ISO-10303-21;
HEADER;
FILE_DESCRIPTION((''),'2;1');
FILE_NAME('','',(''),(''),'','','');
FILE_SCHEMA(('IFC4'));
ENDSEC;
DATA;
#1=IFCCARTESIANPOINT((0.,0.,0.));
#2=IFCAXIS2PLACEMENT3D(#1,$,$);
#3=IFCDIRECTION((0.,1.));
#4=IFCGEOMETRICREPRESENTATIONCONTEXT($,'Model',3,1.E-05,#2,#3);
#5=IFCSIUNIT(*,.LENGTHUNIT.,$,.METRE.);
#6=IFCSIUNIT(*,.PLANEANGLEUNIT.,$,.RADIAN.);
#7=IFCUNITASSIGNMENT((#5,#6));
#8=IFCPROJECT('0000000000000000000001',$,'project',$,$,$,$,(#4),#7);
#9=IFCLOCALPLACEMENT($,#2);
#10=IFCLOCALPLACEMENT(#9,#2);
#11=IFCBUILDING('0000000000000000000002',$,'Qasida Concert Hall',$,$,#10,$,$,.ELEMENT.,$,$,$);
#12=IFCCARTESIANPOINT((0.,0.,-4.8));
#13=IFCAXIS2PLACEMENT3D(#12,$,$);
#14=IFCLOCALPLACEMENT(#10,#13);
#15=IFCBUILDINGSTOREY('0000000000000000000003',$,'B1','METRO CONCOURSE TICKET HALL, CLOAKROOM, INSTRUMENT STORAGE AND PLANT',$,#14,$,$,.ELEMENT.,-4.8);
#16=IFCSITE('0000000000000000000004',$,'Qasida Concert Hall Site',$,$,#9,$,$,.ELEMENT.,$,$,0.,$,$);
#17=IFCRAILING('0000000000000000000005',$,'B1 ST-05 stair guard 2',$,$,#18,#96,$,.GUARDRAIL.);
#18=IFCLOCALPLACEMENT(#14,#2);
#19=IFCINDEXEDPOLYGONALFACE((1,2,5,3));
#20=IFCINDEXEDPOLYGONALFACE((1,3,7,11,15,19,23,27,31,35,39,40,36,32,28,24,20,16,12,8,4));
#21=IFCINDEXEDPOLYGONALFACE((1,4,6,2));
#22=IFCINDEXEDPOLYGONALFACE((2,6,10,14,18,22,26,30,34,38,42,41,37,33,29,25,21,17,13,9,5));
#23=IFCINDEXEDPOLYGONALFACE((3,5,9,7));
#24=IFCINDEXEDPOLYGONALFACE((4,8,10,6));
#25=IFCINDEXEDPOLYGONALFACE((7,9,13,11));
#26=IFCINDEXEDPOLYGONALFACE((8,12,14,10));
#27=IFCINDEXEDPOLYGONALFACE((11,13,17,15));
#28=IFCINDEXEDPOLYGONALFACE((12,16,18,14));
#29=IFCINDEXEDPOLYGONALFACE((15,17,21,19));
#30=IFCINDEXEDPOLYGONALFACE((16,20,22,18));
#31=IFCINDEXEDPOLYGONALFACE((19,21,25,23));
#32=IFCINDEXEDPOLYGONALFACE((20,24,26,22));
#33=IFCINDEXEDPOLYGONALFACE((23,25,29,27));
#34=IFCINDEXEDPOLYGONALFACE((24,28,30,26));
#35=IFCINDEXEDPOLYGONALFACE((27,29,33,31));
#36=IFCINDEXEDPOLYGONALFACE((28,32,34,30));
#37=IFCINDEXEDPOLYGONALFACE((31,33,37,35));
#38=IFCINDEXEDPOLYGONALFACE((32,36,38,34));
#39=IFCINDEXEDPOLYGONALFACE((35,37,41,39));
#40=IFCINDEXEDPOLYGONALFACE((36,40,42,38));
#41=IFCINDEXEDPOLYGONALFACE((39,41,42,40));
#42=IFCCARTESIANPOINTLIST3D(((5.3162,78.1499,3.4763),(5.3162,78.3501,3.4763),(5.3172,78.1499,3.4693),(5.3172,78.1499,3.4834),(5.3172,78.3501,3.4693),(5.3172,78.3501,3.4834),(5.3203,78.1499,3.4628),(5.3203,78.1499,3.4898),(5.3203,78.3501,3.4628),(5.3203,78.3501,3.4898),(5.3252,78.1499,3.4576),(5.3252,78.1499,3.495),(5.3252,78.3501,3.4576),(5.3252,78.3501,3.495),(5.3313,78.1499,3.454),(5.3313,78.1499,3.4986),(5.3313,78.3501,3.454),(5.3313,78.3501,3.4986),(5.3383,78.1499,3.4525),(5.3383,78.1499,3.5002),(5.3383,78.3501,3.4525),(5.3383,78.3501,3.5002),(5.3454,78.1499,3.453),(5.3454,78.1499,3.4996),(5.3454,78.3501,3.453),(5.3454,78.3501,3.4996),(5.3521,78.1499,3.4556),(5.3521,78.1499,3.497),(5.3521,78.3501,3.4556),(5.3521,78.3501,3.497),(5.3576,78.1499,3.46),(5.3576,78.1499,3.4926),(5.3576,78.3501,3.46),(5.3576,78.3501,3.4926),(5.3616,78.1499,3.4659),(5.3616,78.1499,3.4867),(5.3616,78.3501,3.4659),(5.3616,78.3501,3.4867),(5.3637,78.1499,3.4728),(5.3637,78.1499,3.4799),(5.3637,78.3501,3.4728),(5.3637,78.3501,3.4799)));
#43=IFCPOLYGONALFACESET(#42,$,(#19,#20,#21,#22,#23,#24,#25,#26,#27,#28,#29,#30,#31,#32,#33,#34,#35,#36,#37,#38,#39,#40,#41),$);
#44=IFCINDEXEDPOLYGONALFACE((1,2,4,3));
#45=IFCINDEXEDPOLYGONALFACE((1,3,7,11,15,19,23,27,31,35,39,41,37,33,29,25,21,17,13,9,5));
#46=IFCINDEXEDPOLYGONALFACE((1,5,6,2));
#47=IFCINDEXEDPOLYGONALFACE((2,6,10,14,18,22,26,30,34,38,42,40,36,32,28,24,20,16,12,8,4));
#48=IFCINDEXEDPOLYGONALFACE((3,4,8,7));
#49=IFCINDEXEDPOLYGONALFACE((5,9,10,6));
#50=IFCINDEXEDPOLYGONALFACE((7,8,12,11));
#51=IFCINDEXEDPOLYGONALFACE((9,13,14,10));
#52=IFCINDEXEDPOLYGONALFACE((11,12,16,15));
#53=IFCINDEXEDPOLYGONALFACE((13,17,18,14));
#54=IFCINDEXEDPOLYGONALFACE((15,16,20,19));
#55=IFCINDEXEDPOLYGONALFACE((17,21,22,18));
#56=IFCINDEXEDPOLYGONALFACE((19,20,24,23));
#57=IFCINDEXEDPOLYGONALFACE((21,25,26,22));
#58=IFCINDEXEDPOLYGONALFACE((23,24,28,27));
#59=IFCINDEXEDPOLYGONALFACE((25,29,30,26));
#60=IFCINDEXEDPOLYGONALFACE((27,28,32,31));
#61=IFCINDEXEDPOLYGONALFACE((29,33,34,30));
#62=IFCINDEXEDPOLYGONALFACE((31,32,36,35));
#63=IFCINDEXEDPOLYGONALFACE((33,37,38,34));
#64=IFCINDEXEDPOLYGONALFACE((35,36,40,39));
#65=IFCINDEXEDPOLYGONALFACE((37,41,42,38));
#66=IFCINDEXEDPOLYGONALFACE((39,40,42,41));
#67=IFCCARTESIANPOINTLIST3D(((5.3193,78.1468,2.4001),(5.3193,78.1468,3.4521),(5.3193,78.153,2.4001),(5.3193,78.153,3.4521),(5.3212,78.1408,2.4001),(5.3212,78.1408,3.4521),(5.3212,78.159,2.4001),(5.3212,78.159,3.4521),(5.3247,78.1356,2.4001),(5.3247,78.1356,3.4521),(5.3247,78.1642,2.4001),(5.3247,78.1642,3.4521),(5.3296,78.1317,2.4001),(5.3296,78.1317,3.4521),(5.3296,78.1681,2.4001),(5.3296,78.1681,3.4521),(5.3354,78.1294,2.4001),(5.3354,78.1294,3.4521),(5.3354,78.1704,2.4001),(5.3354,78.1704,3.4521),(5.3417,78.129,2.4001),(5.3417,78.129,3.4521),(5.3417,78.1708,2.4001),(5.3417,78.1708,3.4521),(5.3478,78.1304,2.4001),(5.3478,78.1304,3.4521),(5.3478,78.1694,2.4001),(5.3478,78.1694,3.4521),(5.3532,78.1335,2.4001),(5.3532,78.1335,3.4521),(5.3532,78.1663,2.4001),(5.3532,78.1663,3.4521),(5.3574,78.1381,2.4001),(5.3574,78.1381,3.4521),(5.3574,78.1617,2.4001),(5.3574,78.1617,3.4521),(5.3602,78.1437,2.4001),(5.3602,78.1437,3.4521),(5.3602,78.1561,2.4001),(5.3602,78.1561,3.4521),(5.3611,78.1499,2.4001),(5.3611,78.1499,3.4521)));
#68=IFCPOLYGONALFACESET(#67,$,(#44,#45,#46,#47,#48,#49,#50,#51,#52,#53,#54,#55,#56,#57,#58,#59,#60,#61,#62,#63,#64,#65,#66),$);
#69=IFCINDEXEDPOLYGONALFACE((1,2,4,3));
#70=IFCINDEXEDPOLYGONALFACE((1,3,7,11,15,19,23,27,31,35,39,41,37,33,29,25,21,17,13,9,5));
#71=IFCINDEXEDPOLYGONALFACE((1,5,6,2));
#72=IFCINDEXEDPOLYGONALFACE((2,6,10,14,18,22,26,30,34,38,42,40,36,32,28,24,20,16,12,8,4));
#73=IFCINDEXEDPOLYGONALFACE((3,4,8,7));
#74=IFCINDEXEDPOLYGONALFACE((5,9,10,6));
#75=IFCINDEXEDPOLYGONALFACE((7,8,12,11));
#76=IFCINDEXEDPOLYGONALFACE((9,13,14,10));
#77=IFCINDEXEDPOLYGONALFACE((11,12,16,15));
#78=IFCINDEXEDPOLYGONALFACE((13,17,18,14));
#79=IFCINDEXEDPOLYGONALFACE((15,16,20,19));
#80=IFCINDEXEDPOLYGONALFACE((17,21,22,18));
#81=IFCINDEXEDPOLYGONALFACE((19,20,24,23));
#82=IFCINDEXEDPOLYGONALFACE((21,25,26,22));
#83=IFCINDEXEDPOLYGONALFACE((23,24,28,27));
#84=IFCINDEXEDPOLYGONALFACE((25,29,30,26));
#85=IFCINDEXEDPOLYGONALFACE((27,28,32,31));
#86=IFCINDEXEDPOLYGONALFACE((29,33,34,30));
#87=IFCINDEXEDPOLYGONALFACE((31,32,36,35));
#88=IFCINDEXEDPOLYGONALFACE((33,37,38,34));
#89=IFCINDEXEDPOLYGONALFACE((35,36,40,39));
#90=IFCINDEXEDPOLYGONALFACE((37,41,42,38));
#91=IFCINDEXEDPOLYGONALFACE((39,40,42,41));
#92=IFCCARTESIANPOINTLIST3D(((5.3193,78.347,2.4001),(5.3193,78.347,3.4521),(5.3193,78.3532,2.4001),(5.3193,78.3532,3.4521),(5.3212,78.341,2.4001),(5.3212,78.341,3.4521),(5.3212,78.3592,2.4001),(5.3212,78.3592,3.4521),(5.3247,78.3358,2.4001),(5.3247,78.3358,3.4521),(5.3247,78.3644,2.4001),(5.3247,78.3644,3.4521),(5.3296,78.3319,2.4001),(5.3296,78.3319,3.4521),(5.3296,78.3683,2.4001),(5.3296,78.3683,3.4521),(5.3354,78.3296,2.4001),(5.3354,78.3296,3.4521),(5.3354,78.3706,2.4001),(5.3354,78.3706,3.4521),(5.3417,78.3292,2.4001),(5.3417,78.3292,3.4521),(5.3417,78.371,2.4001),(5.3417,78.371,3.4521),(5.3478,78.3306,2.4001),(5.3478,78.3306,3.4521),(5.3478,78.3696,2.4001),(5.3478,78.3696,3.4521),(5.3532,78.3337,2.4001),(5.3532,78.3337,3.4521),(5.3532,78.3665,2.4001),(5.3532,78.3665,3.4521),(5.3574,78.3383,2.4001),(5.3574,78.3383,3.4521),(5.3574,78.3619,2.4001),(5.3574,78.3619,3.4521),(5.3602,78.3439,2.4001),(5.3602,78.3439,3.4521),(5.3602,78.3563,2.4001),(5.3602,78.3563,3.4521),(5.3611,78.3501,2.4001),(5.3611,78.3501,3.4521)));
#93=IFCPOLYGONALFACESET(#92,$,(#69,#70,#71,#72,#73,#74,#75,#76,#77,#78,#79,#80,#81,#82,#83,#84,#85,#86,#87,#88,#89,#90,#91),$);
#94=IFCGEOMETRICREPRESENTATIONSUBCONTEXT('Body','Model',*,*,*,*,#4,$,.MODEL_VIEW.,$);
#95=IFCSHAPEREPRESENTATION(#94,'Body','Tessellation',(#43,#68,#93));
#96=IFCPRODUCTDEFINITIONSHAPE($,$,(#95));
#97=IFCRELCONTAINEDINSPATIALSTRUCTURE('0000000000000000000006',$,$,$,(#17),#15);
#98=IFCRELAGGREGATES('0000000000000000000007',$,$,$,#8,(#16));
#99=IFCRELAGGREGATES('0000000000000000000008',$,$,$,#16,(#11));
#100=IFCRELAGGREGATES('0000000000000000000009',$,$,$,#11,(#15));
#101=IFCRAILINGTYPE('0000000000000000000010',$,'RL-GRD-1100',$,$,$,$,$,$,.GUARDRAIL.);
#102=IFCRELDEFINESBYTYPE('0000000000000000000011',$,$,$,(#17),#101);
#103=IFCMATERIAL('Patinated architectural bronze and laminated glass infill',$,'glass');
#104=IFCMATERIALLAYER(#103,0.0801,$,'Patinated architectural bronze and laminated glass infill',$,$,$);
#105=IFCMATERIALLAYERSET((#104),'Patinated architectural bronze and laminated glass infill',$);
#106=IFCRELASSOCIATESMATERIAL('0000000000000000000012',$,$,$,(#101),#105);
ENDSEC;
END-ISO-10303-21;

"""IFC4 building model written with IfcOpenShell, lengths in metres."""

from ifc_helpers import new_model, si_unit, direction, frame, origin, origin_2d, place, context, subcontext, project, spatial, circle, extrude, material, layer, layer_set, type_object, element, save


model = new_model("IFC4")

# Units and contexts
model_context = context("Model", 3, precision=1e-05, world=origin(), true_north=direction((0.0, 1.0)))
body_context = subcontext(model_context, "Body", "Model", "MODEL_VIEW")
ifc_project = project(units=[si_unit("LENGTHUNIT", "METRE"), si_unit("PLANEANGLEUNIT", "RADIAN")], contexts=[model_context])

# Site, building, storey
site_placement = place(None, origin())
site = spatial("IfcSite", under=ifc_project, at=site_placement, Name="Qasida Concert Hall Site", CompositionType="ELEMENT", RefElevation=0.0)
building_placement = place(site_placement, origin())
building = spatial("IfcBuilding", under=site, at=building_placement, Name="Qasida Concert Hall", CompositionType="ELEMENT")
storey_placement = place(building_placement, frame((0.0, 0.0, -4.8)))
storey = spatial("IfcBuildingStorey", under=building, at=storey_placement, Name="B1", Description="METRO CONCOURSE TICKET HALL, CLOAKROOM, INSTRUMENT STORAGE AND PLANT", CompositionType="ELEMENT", Elevation=-4.8)

# Railing
ifc_material_1 = material(Name="Patinated architectural bronze and laminated glass infill", Category="glass")
ifc_layer_1 = layer(ifc_material_1, 0.0801, Name="Patinated architectural bronze and laminated glass infill")
ifc_layer_set_1 = layer_set([ifc_layer_1], Name="Patinated architectural bronze and laminated glass infill")
railing_type_1 = type_object("IfcRailingType", Name="RL-GRD-1100", PredefinedType="GUARDRAIL", material=ifc_layer_set_1)
railing_1_placement = place(storey_placement, frame((5.3401, 78.1499, 2.4001)))
element("IfcRailing", 1, at=railing_1_placement, inside=storey, type_object=railing_type_1, Name="B1 ST-05 stair guard 2", PredefinedType="GUARDRAIL", context=body_context, shape_type="SweptSolid", body=[
    extrude(circle(Radius=0.0239, at=origin_2d()), frame((0.0, 0.0, 1.0762), z_axis=(0.0, 1.0, 0.0), x_axis=(-1.0, 0.0, 0.0)), (0.0, 0.0, 1.0), 0.2002),
    extrude(circle(Radius=0.021, at=origin_2d()), origin(), (0.0, 0.0, 1.0), 1.052),
    extrude(circle(Radius=0.021, at=origin_2d()), frame((0.0, 0.2002, 0.0)), (0.0, 0.0, 1.0), 1.052),
])

save(model, "model.ifc")
